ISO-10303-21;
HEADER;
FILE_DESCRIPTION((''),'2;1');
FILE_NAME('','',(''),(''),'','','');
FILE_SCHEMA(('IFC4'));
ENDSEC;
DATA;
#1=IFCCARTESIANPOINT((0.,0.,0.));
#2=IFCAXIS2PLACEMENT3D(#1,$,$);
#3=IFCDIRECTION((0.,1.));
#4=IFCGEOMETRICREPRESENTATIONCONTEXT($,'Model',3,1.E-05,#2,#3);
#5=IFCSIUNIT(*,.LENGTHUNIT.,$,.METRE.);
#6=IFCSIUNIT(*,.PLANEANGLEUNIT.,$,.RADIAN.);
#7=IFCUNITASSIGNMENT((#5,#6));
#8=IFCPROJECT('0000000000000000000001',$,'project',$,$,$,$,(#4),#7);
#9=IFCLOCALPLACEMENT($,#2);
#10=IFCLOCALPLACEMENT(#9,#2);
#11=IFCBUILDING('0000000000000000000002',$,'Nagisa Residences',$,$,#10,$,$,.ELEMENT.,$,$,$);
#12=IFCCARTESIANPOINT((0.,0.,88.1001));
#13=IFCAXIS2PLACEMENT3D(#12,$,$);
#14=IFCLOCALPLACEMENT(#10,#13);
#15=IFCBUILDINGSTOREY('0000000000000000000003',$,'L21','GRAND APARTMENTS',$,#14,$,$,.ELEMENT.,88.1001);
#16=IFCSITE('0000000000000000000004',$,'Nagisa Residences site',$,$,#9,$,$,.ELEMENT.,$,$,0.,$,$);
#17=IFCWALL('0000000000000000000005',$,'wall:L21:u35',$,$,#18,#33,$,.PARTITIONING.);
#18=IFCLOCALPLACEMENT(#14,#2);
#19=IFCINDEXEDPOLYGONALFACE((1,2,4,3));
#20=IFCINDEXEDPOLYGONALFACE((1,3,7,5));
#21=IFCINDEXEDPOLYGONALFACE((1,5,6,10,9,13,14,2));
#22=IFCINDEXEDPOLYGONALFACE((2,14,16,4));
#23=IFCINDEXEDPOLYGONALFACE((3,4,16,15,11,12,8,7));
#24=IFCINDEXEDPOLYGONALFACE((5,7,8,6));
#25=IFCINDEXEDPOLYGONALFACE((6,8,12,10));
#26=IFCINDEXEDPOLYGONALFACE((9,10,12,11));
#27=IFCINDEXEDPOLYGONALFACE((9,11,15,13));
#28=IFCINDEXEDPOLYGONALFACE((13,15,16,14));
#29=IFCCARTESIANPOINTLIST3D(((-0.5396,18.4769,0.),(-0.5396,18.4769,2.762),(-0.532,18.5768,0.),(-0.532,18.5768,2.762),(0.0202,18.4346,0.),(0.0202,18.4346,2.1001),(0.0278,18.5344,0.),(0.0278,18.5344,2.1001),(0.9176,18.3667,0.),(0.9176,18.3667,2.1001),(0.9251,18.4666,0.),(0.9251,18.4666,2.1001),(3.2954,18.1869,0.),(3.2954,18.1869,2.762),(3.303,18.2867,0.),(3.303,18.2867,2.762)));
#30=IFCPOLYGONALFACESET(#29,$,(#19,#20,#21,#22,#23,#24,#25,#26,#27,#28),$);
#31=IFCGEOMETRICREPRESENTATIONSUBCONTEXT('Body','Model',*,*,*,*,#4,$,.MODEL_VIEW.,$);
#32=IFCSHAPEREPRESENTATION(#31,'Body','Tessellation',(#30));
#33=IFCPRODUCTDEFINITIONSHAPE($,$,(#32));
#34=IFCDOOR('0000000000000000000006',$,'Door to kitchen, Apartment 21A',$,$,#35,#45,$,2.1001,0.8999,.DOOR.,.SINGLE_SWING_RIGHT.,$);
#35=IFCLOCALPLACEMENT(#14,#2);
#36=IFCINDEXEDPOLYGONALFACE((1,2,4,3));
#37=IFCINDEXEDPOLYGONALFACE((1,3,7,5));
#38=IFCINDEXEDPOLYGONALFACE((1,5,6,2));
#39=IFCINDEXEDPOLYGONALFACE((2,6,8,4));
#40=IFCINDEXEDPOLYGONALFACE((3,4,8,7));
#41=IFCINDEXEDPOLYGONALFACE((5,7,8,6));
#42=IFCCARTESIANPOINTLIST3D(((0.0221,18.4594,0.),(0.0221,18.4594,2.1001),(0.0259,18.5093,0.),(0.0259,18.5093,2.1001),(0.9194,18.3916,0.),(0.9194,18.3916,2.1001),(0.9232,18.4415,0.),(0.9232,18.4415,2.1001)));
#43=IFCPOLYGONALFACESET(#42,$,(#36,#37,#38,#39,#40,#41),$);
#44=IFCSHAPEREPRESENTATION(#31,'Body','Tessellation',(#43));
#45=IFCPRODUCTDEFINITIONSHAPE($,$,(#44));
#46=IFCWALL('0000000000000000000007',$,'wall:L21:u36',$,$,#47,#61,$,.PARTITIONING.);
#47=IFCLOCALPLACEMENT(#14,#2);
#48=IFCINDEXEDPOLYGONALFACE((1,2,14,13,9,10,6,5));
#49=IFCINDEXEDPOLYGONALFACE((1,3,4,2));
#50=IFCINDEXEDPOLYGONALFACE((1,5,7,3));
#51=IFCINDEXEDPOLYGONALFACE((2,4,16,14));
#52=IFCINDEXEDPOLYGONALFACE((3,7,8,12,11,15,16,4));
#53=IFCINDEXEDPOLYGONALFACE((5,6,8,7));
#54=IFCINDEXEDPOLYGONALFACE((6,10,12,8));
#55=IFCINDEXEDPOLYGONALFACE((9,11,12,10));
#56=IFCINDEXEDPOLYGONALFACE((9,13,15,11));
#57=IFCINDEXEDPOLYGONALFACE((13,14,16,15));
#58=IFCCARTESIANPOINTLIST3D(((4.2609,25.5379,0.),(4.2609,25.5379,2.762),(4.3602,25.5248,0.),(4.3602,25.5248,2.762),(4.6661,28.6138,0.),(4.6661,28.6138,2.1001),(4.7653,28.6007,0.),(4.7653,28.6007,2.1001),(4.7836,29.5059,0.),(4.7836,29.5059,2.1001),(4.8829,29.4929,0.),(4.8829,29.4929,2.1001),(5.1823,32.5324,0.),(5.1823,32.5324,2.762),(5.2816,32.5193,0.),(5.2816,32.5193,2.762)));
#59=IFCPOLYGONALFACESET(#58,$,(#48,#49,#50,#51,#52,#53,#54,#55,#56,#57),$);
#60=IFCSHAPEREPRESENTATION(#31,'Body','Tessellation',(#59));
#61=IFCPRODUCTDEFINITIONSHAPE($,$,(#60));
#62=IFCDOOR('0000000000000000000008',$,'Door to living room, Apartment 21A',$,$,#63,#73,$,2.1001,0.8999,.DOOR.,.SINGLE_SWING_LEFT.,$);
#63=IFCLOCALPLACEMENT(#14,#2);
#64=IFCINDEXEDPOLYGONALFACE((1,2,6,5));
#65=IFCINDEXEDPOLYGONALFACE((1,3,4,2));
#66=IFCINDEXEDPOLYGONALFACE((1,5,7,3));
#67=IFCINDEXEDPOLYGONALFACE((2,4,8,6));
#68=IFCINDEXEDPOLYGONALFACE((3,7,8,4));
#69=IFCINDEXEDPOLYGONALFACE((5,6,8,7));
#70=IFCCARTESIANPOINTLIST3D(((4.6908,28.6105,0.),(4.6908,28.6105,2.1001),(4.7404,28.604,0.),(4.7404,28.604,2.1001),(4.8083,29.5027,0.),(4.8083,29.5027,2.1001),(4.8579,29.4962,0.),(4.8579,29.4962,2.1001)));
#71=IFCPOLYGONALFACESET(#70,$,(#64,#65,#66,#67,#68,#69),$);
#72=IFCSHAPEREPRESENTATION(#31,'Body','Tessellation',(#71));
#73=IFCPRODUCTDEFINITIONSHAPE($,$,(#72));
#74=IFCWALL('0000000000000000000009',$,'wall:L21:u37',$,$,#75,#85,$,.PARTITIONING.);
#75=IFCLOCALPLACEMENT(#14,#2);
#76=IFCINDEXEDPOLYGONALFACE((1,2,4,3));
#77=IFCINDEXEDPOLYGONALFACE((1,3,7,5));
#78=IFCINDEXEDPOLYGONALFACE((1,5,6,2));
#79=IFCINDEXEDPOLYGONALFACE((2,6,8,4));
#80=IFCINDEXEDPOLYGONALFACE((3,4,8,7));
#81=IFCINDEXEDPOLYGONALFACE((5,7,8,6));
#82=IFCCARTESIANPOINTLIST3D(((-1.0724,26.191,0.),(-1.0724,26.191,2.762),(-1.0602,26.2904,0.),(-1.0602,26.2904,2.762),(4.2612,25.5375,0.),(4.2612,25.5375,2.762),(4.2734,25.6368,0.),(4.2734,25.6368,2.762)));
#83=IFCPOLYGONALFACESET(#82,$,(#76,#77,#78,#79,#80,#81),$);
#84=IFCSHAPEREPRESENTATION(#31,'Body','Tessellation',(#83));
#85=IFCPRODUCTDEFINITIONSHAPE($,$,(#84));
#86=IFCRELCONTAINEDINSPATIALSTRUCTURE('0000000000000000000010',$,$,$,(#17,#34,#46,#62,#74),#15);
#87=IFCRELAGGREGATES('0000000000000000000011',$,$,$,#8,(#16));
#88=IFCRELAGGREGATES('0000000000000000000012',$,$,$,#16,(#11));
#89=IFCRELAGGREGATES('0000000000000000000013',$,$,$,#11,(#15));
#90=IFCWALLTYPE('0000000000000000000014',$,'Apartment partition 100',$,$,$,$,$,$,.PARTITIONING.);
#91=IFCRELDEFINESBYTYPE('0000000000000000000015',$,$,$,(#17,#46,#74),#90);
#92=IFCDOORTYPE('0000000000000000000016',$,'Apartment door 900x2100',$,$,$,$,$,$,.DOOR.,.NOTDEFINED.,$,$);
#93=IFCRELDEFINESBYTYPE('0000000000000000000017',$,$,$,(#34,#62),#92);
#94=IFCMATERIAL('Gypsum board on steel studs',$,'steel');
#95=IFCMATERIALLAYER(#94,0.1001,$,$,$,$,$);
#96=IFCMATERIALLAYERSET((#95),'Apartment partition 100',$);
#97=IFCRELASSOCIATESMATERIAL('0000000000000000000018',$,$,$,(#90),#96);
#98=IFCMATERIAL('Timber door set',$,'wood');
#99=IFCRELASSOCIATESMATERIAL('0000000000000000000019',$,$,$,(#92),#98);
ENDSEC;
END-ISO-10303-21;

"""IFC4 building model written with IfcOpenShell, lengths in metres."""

from ifc_helpers import new_model, si_unit, direction, frame, frame_2d, origin, place, context, subcontext, project, spatial, rectangle, extrude, material, layer, layer_set, type_object, element, fill, save


model = new_model("IFC4")

# Units and contexts
model_context = context("Model", 3, precision=1e-05, world=origin(), true_north=direction((0.0, 1.0)))
body_context = subcontext(model_context, "Body", "Model", "MODEL_VIEW")
ifc_project = project(units=[si_unit("LENGTHUNIT", "METRE"), si_unit("PLANEANGLEUNIT", "RADIAN")], contexts=[model_context])

# Site, building, storey
site_placement = place(None, origin())
site = spatial("IfcSite", under=ifc_project, at=site_placement, Name="Nagisa Residences site", CompositionType="ELEMENT", RefElevation=0.0)
building_placement = place(site_placement, origin())
building = spatial("IfcBuilding", under=site, at=building_placement, Name="Nagisa Residences", CompositionType="ELEMENT")
storey_placement = place(building_placement, frame((0.0, 0.0, 88.1001)))
storey = spatial("IfcBuildingStorey", under=building, at=storey_placement, Name="L21", Description="GRAND APARTMENTS", CompositionType="ELEMENT", Elevation=88.1001)

# Shared definitions
ifc_material_1 = material(Name="Gypsum board on steel studs", Category="steel")
ifc_layer_1 = layer(ifc_material_1, 0.1001)
ifc_layer_set_1 = layer_set([ifc_layer_1], Name="Apartment partition 100")
wall_type_1 = type_object("IfcWallType", Name="Apartment partition 100", PredefinedType="PARTITIONING", material=ifc_layer_set_1)
ifc_material_2 = material(Name="Timber door set", Category="wood")
door_type_1 = type_object("IfcDoorType", Name="Apartment door 900x2100", OperationType="NOTDEFINED", PredefinedType="DOOR", material=ifc_material_2)

# Walls, openings, doors
wall_1_placement = place(storey_placement, frame((3.2991, 18.2368, 0.0), z_axis=(0.0, 0.0, 1.0), x_axis=(-0.997152, 0.075415, 0.0)))
wall_1 = element("IfcWall", 1, at=wall_1_placement, inside=storey, type_object=wall_type_1, Name="wall:L21:u35", PredefinedType="PARTITIONING", context=body_context, shape_type="SweptSolid", body=[
    extrude(rectangle(XDim=3.8459, YDim=0.1001, at=frame_2d((1.9229, 0.0))), origin(), (0.0, 0.0, 1.0), 2.762),
])
opening_1_placement = place(wall_1_placement, frame((2.3845, 0.0, 0.0)))
opening_1 = element("IfcOpeningElement", 2, at=opening_1_placement, cuts=wall_1, PredefinedType="OPENING", context=body_context, shape_type="SweptSolid", body=[
    extrude(rectangle(XDim=0.8999, YDim=2.1001, at=frame_2d((0.45, 1.05))), frame((0.0, 0.0601, 0.0), z_axis=(0.0, -1.0, 0.0), x_axis=(1.0, 0.0, 0.0)), (0.0, 0.0, 1.0), 0.1201),
])
door_1_placement = place(opening_1_placement, frame((0.8999, 0.0, 0.0), x_axis=(-1.0, 0.0, 0.0)))
door_1 = element("IfcDoor", 3, at=door_1_placement, inside=storey, type_object=door_type_1, Name="Door to kitchen, Apartment 21A", OperationType="SINGLE_SWING_RIGHT", OverallHeight=2.1001, OverallWidth=0.8999, PredefinedType="DOOR", context=body_context, shape_type="SweptSolid", body=[
    extrude(rectangle(XDim=0.8999, YDim=2.1001, at=frame_2d((0.45, 1.05))), frame((0.0, 0.0249, 0.0), z_axis=(0.0, -1.0, 0.0), x_axis=(1.0, 0.0, 0.0)), (0.0, 0.0, 1.0), 0.05),
])
fill(opening_1, door_1)
wall_2_placement = place(storey_placement, frame((4.3105, 25.5315, 0.0), z_axis=(0.0, 0.0, 1.0), x_axis=(0.130604, 0.991435, 0.0)))
wall_2 = element("IfcWall", 4, at=wall_2_placement, inside=storey, type_object=wall_type_1, Name="wall:L21:u36", PredefinedType="PARTITIONING", context=body_context, shape_type="SweptSolid", body=[
    extrude(rectangle(XDim=7.0549, YDim=0.1001, at=frame_2d((3.5273, 0.0))), origin(), (0.0, 0.0, 1.0), 2.762),
])
opening_2_placement = place(wall_2_placement, frame((3.1023, 0.0, 0.0)))
opening_2 = element("IfcOpeningElement", 5, at=opening_2_placement, cuts=wall_2, PredefinedType="OPENING", context=body_context, shape_type="SweptSolid", body=[
    extrude(rectangle(XDim=0.8999, YDim=2.1001, at=frame_2d((0.45, 1.05))), frame((0.0, 0.0601, 0.0), z_axis=(0.0, -1.0, 0.0), x_axis=(1.0, 0.0, 0.0)), (0.0, 0.0, 1.0), 0.1201),
])
door_2_placement = place(opening_2_placement, frame((0.8999, 0.0, 0.0), x_axis=(-1.0, 0.0, 0.0)))
door_2 = element("IfcDoor", 6, at=door_2_placement, inside=storey, type_object=door_type_1, Name="Door to living room, Apartment 21A", OperationType="SINGLE_SWING_LEFT", OverallHeight=2.1001, OverallWidth=0.8999, PredefinedType="DOOR", context=body_context, shape_type="SweptSolid", body=[
    extrude(rectangle(XDim=0.8999, YDim=2.1001, at=frame_2d((0.45, 1.05))), frame((0.0, 0.0249, 0.0), z_axis=(0.0, -1.0, 0.0), x_axis=(1.0, 0.0, 0.0)), (0.0, 0.0, 1.0), 0.05),
])
fill(opening_2, door_2)

# Wall
wall_3_placement = place(storey_placement, frame((4.2673, 25.5872, 0.0), z_axis=(0.0, 0.0, 1.0), x_axis=(-0.992576, 0.121624, 0.0)))
element("IfcWall", 7, at=wall_3_placement, inside=storey, type_object=wall_type_1, Name="wall:L21:u37", PredefinedType="PARTITIONING", context=body_context, shape_type="SweptSolid", body=[
    extrude(rectangle(XDim=5.3735, YDim=0.1001, at=frame_2d((2.6868, 0.0))), origin(), (0.0, 0.0, 1.0), 2.762),
])

save(model, "model.ifc")
